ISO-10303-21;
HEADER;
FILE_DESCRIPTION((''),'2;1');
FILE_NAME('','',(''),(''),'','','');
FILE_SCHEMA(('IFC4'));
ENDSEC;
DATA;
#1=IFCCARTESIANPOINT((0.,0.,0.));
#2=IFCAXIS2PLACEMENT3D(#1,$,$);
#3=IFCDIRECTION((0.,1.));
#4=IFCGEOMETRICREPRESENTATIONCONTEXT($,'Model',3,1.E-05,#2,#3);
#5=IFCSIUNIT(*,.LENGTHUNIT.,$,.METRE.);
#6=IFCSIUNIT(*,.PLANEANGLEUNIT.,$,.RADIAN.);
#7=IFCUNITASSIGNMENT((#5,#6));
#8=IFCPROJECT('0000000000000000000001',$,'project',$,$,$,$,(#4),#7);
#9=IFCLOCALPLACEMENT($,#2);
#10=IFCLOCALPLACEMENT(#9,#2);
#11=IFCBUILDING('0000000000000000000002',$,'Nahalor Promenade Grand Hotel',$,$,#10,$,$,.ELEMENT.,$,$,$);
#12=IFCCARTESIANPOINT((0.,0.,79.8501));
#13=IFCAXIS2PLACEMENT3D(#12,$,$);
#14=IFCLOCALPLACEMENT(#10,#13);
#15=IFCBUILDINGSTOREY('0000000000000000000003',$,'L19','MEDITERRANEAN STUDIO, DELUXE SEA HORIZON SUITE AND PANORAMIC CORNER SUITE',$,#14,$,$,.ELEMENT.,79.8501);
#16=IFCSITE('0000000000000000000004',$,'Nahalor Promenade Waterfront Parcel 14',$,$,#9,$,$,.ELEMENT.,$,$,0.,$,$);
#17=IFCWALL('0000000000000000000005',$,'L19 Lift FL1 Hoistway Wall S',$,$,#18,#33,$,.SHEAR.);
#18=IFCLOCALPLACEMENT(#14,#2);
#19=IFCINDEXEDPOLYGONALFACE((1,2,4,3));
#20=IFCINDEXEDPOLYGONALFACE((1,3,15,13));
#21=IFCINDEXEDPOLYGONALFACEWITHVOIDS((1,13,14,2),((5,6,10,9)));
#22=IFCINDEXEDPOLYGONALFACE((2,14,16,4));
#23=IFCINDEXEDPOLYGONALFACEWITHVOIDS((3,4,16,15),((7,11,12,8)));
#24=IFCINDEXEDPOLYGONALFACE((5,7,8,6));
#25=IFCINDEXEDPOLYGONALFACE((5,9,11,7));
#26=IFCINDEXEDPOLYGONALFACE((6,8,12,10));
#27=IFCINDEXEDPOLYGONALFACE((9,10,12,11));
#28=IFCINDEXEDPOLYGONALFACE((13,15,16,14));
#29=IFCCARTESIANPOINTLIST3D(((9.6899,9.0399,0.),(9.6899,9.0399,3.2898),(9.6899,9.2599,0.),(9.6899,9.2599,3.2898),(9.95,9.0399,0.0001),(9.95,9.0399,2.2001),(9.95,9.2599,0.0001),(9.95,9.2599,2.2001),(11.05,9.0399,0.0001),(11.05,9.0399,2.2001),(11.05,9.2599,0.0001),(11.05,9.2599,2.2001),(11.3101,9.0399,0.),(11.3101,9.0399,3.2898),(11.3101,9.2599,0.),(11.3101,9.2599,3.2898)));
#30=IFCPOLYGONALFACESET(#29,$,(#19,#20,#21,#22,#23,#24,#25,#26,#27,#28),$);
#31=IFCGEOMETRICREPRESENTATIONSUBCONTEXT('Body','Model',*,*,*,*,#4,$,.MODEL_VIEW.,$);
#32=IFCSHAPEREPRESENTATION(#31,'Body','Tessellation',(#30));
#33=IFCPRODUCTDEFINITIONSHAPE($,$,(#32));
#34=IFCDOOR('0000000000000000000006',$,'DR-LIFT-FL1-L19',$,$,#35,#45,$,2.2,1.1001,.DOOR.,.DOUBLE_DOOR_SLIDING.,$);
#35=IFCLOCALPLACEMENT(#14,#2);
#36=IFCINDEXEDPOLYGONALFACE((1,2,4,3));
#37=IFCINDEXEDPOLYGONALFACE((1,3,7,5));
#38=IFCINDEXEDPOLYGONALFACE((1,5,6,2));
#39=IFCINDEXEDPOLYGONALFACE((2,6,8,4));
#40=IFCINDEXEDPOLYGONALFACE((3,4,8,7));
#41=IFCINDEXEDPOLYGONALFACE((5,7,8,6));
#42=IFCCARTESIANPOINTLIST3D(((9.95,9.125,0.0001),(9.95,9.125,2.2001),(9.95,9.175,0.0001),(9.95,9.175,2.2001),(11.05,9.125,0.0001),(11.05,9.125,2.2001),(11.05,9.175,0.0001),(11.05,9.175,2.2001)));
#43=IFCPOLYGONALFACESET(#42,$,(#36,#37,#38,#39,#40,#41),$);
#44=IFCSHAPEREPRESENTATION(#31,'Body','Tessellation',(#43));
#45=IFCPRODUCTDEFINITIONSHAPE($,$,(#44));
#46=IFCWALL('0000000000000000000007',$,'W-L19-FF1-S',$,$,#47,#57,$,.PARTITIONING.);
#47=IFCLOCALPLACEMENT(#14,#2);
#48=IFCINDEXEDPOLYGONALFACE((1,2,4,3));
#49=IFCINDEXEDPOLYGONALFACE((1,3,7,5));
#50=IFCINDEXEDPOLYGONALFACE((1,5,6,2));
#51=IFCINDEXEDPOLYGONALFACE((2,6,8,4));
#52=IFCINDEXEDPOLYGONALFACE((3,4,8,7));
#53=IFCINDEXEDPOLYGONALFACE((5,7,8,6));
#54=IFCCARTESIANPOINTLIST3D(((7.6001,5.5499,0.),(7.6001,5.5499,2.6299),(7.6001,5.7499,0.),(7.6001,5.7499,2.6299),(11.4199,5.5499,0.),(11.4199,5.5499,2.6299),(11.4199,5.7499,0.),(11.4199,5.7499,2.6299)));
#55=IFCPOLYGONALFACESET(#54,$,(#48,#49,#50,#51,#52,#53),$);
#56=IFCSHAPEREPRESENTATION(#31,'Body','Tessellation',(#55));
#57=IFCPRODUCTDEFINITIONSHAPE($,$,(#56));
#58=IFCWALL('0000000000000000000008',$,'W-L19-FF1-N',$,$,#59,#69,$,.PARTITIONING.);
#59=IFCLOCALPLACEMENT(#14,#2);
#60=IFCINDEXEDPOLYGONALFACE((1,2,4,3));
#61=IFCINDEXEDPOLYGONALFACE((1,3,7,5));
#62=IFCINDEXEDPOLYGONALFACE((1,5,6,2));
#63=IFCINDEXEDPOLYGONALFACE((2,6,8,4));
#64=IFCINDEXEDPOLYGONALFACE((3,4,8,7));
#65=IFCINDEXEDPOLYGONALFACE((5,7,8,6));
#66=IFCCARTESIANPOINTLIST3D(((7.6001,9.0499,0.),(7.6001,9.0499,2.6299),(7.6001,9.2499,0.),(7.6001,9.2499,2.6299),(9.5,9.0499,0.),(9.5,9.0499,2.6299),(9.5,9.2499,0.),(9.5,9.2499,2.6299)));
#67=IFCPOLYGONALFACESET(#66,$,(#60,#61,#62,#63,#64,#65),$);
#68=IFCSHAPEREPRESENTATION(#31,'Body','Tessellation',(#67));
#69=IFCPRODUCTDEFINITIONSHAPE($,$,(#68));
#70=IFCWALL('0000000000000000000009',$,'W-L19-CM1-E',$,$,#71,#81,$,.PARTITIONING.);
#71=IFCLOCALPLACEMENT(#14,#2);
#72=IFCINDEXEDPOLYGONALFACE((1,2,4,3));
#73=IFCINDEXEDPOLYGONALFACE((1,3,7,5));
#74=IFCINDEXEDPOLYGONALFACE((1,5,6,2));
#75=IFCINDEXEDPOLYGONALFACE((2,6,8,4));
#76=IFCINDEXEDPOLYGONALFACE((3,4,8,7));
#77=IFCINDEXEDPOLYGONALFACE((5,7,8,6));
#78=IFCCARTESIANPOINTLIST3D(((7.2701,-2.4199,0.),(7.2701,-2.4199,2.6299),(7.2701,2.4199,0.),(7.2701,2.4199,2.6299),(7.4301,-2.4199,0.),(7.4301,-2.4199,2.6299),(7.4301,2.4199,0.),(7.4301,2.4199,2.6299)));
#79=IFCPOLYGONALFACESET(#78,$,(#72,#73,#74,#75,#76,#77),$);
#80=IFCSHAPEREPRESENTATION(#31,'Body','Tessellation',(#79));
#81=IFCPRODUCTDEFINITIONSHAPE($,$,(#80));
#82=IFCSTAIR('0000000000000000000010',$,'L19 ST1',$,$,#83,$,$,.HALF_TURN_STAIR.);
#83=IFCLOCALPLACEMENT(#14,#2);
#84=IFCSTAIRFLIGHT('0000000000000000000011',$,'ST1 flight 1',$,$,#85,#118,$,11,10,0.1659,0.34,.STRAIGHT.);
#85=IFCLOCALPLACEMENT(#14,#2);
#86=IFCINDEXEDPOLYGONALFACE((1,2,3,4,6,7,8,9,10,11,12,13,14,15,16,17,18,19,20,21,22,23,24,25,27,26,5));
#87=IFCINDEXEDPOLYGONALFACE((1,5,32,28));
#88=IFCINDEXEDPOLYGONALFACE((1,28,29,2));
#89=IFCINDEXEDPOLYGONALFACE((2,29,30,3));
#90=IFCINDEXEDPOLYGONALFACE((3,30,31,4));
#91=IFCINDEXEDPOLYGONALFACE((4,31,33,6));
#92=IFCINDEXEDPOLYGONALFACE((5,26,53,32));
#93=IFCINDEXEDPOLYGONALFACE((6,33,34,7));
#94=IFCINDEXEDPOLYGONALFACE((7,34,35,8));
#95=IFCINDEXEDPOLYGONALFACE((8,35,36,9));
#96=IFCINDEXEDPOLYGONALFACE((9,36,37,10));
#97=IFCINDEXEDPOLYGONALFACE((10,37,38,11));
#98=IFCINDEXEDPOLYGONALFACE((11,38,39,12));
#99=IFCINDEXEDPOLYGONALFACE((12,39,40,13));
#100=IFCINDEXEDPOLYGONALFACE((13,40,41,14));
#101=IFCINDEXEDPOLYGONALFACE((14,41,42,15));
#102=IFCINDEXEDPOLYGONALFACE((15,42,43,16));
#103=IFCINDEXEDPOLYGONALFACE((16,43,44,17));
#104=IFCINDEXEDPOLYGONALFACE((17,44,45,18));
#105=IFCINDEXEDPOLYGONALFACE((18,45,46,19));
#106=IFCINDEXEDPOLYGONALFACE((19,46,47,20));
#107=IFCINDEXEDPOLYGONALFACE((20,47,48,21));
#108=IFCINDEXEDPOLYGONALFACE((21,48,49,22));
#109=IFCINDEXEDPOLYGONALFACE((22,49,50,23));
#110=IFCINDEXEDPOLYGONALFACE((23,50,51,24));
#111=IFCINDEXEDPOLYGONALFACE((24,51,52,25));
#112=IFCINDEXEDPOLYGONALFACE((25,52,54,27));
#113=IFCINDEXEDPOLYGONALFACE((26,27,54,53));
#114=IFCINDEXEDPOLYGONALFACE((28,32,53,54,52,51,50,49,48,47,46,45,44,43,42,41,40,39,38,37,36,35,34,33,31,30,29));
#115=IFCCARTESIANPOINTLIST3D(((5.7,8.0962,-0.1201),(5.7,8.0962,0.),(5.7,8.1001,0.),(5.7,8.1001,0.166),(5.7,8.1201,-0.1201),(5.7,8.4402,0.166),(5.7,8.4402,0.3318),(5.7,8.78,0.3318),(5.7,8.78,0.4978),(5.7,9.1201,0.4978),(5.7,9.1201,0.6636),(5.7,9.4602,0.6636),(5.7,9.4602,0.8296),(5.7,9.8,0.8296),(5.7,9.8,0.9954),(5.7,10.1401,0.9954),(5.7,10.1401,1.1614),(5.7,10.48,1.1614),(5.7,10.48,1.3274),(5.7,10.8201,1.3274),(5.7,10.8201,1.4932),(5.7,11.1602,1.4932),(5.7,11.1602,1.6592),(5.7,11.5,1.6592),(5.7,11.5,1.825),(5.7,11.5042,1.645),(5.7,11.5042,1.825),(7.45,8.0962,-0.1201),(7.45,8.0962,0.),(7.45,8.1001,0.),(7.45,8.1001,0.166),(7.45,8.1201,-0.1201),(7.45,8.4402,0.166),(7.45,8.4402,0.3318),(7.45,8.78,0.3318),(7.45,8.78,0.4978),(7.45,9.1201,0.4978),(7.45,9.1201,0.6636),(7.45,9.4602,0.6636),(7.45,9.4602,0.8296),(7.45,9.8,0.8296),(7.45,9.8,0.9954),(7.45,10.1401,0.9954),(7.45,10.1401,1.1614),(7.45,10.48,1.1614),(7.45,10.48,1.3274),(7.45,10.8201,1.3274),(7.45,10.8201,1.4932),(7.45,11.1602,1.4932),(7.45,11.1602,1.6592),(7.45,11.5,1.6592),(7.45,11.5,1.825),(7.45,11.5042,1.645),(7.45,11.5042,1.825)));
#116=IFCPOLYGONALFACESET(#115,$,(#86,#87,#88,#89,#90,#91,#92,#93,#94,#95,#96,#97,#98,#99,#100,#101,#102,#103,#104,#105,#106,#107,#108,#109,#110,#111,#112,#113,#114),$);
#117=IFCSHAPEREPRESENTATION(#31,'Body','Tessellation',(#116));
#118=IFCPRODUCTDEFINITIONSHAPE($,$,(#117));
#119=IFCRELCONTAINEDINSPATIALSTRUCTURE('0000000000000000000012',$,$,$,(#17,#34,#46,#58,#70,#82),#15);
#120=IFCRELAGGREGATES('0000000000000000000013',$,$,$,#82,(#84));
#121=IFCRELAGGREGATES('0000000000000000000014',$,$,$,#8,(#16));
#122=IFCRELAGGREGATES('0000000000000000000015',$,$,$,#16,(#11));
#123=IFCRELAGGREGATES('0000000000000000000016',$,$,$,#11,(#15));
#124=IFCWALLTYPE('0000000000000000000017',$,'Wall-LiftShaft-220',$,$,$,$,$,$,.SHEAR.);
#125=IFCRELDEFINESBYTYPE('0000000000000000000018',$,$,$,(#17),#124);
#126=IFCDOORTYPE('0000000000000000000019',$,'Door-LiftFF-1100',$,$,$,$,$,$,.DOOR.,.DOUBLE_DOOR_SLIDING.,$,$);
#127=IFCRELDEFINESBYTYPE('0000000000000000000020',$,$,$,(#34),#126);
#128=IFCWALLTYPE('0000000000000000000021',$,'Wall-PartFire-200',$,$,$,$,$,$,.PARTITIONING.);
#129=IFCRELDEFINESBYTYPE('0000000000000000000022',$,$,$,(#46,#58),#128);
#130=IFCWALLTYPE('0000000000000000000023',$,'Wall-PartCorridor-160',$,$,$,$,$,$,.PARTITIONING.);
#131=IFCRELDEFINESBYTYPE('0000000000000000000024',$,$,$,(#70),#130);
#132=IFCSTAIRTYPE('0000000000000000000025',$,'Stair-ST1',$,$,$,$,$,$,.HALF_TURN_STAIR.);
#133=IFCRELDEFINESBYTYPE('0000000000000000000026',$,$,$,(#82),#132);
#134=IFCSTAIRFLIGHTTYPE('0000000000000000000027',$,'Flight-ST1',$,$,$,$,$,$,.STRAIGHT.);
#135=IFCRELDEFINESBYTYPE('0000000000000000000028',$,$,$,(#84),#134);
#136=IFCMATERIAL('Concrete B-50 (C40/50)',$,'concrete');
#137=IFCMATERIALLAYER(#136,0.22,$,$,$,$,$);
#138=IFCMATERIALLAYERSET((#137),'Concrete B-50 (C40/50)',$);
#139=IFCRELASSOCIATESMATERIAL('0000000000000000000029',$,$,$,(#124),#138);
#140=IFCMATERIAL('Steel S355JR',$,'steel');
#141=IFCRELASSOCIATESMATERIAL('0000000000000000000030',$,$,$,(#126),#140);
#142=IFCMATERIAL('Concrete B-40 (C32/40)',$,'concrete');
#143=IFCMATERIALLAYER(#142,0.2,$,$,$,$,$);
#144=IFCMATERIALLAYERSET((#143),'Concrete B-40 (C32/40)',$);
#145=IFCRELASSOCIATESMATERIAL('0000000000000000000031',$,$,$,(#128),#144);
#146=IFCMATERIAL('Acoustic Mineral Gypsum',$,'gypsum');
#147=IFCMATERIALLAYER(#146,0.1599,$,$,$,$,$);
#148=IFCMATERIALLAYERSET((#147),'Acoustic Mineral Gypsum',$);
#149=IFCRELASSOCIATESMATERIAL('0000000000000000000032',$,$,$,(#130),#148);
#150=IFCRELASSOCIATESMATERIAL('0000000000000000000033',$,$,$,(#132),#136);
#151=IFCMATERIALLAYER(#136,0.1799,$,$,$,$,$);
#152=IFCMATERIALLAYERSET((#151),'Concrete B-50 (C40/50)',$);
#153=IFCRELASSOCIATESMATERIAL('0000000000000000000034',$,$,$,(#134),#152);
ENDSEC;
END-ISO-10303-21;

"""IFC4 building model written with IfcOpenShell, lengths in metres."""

from ifc_helpers import new_model, si_unit, direction, frame, frame_2d, origin, place, context, subcontext, project, spatial, polyline, rectangle, outline, extrude, source, transform, mapped, material, layer, layer_set, type_object, element, fill, aggregate, save


model = new_model("IFC4")

# Units and contexts
model_context = context("Model", 3, precision=1e-05, world=origin(), true_north=direction((0.0, 1.0)))
body_context = subcontext(model_context, "Body", "Model", "MODEL_VIEW")
ifc_project = project(units=[si_unit("LENGTHUNIT", "METRE"), si_unit("PLANEANGLEUNIT", "RADIAN")], contexts=[model_context])

# Site, building, storey
site_placement = place(None, origin())
site = spatial("IfcSite", under=ifc_project, at=site_placement, Name="Nahalor Promenade Waterfront Parcel 14", CompositionType="ELEMENT", RefElevation=0.0)
building_placement = place(site_placement, origin())
building = spatial("IfcBuilding", under=site, at=building_placement, Name="Nahalor Promenade Grand Hotel", CompositionType="ELEMENT")
storey_placement = place(building_placement, frame((0.0, 0.0, 79.8501)))
storey = spatial("IfcBuildingStorey", under=building, at=storey_placement, Name="L19", Description="MEDITERRANEAN STUDIO, DELUXE SEA HORIZON SUITE AND PANORAMIC CORNER SUITE", CompositionType="ELEMENT", Elevation=79.8501)

# Shared definitions
ifc_material_1 = material(Name="Steel S355JR", Category="steel")

# Shared definitions
ifc_material_2 = material(Name="Concrete B-50 (C40/50)", Category="concrete")

# Shared definitions
ifc_layer_1 = layer(ifc_material_2, 0.22)
ifc_layer_set_1 = layer_set([ifc_layer_1], Name="Concrete B-50 (C40/50)")
wall_type_1 = type_object("IfcWallType", Name="Wall-LiftShaft-220", PredefinedType="SHEAR", material=ifc_layer_set_1)

# Wall, opening, door
shared_shape_1 = source(origin(), body_context, "Body", "SweptSolid", [
    extrude(rectangle(XDim=1.6201, YDim=0.22, at=frame_2d((0.8101, 0.0))), origin(), (0.0, 0.0, 1.0), 3.2898),
])
wall_1_placement = place(storey_placement, frame((9.6899, 9.1499, 0.0), z_axis=(0.0, 0.0, 1.0), x_axis=(1.0, 0.0, 0.0)))
wall_1 = element("IfcWall", 1, at=wall_1_placement, inside=storey, type_object=wall_type_1, Name="L19 Lift FL1 Hoistway Wall S", PredefinedType="SHEAR", context=body_context, shape_type="MappedRepresentation", body=[
    mapped(shared_shape_1, transform((0.0, 0.0, 0.0), scale=1.0)),
])
opening_1_placement = place(wall_1_placement, frame((0.26, 0.0, 0.0)))
opening_1 = element("IfcOpeningElement", 2, at=opening_1_placement, cuts=wall_1, PredefinedType="OPENING", context=body_context, shape_type="SweptSolid", body=[
    extrude(rectangle(XDim=1.1001, YDim=2.2, at=frame_2d((0.55, 1.1001))), frame((0.0, 0.1199, 0.0), z_axis=(0.0, -1.0, 0.0), x_axis=(1.0, 0.0, 0.0)), (0.0, 0.0, 1.0), 0.24),
])
door_type_1 = type_object("IfcDoorType", Name="Door-LiftFF-1100", OperationType="DOUBLE_DOOR_SLIDING", PredefinedType="DOOR", material=ifc_material_1)
shared_shape_2 = source(origin(), body_context, "Body", "SweptSolid", [
    extrude(rectangle(XDim=1.1001, YDim=2.2, at=frame_2d((0.55, 1.1001))), frame((0.0, 0.0249, 0.0), z_axis=(0.0, -1.0, 0.0), x_axis=(1.0, 0.0, 0.0)), (0.0, 0.0, 1.0), 0.05),
])
door_1_placement = place(opening_1_placement, frame((1.1001, 0.0, 0.0), z_axis=(0.0, 0.0, 1.0), x_axis=(-1.0, 0.0, 0.0)))
door_1 = element("IfcDoor", 3, at=door_1_placement, inside=storey, type_object=door_type_1, Name="DR-LIFT-FL1-L19", OperationType="DOUBLE_DOOR_SLIDING", OverallHeight=2.2, OverallWidth=1.1001, PredefinedType="DOOR", context=body_context, shape_type="MappedRepresentation", body=[
    mapped(shared_shape_2, transform((0.0, 0.0, 0.0), scale=1.0)),
])
fill(opening_1, door_1)

# Walls
ifc_material_3 = material(Name="Concrete B-40 (C32/40)", Category="concrete")
ifc_layer_2 = layer(ifc_material_3, 0.2)
ifc_layer_set_2 = layer_set([ifc_layer_2], Name="Concrete B-40 (C32/40)")
wall_type_2 = type_object("IfcWallType", Name="Wall-PartFire-200", PredefinedType="PARTITIONING", material=ifc_layer_set_2)
shared_shape_3 = source(origin(), body_context, "Body", "SweptSolid", [
    extrude(rectangle(XDim=3.8198, YDim=0.2, at=frame_2d((1.9099, 0.0))), origin(), (0.0, 0.0, 1.0), 2.6299),
])
wall_2_placement = place(storey_placement, frame((7.6001, 5.6499, 0.0), z_axis=(0.0, 0.0, 1.0), x_axis=(1.0, 0.0, 0.0)))
element("IfcWall", 4, at=wall_2_placement, inside=storey, type_object=wall_type_2, Name="W-L19-FF1-S", PredefinedType="PARTITIONING", context=body_context, shape_type="MappedRepresentation", body=[
    mapped(shared_shape_3, transform((0.0, 0.0, 0.0), scale=1.0)),
])
shared_shape_4 = source(origin(), body_context, "Body", "SweptSolid", [
    extrude(rectangle(XDim=1.8999, YDim=0.2, at=frame_2d((0.95, 0.0))), origin(), (0.0, 0.0, 1.0), 2.6299),
])
wall_3_placement = place(storey_placement, frame((7.6001, 9.1499, 0.0), z_axis=(0.0, 0.0, 1.0), x_axis=(1.0, 0.0, 0.0)))
element("IfcWall", 5, at=wall_3_placement, inside=storey, type_object=wall_type_2, Name="W-L19-FF1-N", PredefinedType="PARTITIONING", context=body_context, shape_type="MappedRepresentation", body=[
    mapped(shared_shape_4, transform((0.0, 0.0, 0.0), scale=1.0)),
])

# Wall
ifc_material_4 = material(Name="Acoustic Mineral Gypsum", Category="gypsum")
ifc_layer_3 = layer(ifc_material_4, 0.1599)
ifc_layer_set_3 = layer_set([ifc_layer_3], Name="Acoustic Mineral Gypsum")
wall_type_3 = type_object("IfcWallType", Name="Wall-PartCorridor-160", PredefinedType="PARTITIONING", material=ifc_layer_set_3)
shared_shape_5 = source(origin(), body_context, "Body", "SweptSolid", [
    extrude(rectangle(XDim=4.8398, YDim=0.1599, at=frame_2d((2.4199, 0.0))), origin(), (0.0, 0.0, 1.0), 2.6299),
])
wall_4_placement = place(storey_placement, frame((7.3501, -2.4199, 0.0), z_axis=(0.0, 0.0, 1.0), x_axis=(0.0, 1.0, 0.0)))
element("IfcWall", 6, at=wall_4_placement, inside=storey, type_object=wall_type_3, Name="W-L19-CM1-E", PredefinedType="PARTITIONING", context=body_context, shape_type="MappedRepresentation", body=[
    mapped(shared_shape_5, transform((0.0, 0.0, 0.0), scale=1.0)),
])

# Stair, stair flight
stair_type = type_object("IfcStairType", Name="Stair-ST1", PredefinedType="HALF_TURN_STAIR", material=ifc_material_2)
stair_placement = place(storey_placement, origin())
stair = element("IfcStair", 7, at=stair_placement, inside=storey, type_object=stair_type, Name="L19 ST1", PredefinedType="HALF_TURN_STAIR")
ifc_layer_4 = layer(ifc_material_2, 0.1799)
ifc_layer_set_4 = layer_set([ifc_layer_4], Name="Concrete B-50 (C40/50)")
stair_flight_type = type_object("IfcStairFlightType", Name="Flight-ST1", PredefinedType="STRAIGHT", material=ifc_layer_set_4)
shared_shape_6 = source(origin(), body_context, "Body", "SweptSolid", [
    extrude(outline(polyline([(-0.0039, -0.1201), (-0.0039, 0.0), (0.0, 0.0), (0.0, 0.166), (0.3401, 0.166), (0.3401, 0.3318), (0.6799, 0.3318), (0.6799, 0.4978), (1.02, 0.4978), (1.02, 0.6636), (1.3601, 0.6636), (1.3601, 0.8296), (1.7, 0.8296), (1.7, 0.9954), (2.04, 0.9954), (2.04, 1.1614), (2.3799, 1.1614), (2.3799, 1.3274), (2.72, 1.3274), (2.72, 1.4932), (3.0601, 1.4932), (3.0601, 1.6592), (3.3999, 1.6592), (3.3999, 1.825), (3.4041, 1.825), (3.4041, 1.645), (0.02, -0.1201), (-0.0039, -0.1201)])), frame((0.0, 0.875, 0.0), z_axis=(0.0, -1.0, 0.0), x_axis=(1.0, 0.0, 0.0)), (0.0, 0.0, 1.0), 1.75),
])
stair_flight_placement = place(storey_placement, frame((6.575, 8.1001, 0.0), z_axis=(0.0, 0.0, 1.0), x_axis=(0.0, 1.0, 0.0)))
stair_flight = element("IfcStairFlight", 8, at=stair_flight_placement, type_object=stair_flight_type, Name="ST1 flight 1", NumberOfRisers=11, NumberOfTreads=10, PredefinedType="STRAIGHT", RiserHeight=0.1659, TreadLength=0.34, context=body_context, shape_type="MappedRepresentation", body=[
    mapped(shared_shape_6, transform((0.0, 0.0, 0.0), scale=1.0)),
])
aggregate(stair, [stair_flight])

save(model, "model.ifc")
